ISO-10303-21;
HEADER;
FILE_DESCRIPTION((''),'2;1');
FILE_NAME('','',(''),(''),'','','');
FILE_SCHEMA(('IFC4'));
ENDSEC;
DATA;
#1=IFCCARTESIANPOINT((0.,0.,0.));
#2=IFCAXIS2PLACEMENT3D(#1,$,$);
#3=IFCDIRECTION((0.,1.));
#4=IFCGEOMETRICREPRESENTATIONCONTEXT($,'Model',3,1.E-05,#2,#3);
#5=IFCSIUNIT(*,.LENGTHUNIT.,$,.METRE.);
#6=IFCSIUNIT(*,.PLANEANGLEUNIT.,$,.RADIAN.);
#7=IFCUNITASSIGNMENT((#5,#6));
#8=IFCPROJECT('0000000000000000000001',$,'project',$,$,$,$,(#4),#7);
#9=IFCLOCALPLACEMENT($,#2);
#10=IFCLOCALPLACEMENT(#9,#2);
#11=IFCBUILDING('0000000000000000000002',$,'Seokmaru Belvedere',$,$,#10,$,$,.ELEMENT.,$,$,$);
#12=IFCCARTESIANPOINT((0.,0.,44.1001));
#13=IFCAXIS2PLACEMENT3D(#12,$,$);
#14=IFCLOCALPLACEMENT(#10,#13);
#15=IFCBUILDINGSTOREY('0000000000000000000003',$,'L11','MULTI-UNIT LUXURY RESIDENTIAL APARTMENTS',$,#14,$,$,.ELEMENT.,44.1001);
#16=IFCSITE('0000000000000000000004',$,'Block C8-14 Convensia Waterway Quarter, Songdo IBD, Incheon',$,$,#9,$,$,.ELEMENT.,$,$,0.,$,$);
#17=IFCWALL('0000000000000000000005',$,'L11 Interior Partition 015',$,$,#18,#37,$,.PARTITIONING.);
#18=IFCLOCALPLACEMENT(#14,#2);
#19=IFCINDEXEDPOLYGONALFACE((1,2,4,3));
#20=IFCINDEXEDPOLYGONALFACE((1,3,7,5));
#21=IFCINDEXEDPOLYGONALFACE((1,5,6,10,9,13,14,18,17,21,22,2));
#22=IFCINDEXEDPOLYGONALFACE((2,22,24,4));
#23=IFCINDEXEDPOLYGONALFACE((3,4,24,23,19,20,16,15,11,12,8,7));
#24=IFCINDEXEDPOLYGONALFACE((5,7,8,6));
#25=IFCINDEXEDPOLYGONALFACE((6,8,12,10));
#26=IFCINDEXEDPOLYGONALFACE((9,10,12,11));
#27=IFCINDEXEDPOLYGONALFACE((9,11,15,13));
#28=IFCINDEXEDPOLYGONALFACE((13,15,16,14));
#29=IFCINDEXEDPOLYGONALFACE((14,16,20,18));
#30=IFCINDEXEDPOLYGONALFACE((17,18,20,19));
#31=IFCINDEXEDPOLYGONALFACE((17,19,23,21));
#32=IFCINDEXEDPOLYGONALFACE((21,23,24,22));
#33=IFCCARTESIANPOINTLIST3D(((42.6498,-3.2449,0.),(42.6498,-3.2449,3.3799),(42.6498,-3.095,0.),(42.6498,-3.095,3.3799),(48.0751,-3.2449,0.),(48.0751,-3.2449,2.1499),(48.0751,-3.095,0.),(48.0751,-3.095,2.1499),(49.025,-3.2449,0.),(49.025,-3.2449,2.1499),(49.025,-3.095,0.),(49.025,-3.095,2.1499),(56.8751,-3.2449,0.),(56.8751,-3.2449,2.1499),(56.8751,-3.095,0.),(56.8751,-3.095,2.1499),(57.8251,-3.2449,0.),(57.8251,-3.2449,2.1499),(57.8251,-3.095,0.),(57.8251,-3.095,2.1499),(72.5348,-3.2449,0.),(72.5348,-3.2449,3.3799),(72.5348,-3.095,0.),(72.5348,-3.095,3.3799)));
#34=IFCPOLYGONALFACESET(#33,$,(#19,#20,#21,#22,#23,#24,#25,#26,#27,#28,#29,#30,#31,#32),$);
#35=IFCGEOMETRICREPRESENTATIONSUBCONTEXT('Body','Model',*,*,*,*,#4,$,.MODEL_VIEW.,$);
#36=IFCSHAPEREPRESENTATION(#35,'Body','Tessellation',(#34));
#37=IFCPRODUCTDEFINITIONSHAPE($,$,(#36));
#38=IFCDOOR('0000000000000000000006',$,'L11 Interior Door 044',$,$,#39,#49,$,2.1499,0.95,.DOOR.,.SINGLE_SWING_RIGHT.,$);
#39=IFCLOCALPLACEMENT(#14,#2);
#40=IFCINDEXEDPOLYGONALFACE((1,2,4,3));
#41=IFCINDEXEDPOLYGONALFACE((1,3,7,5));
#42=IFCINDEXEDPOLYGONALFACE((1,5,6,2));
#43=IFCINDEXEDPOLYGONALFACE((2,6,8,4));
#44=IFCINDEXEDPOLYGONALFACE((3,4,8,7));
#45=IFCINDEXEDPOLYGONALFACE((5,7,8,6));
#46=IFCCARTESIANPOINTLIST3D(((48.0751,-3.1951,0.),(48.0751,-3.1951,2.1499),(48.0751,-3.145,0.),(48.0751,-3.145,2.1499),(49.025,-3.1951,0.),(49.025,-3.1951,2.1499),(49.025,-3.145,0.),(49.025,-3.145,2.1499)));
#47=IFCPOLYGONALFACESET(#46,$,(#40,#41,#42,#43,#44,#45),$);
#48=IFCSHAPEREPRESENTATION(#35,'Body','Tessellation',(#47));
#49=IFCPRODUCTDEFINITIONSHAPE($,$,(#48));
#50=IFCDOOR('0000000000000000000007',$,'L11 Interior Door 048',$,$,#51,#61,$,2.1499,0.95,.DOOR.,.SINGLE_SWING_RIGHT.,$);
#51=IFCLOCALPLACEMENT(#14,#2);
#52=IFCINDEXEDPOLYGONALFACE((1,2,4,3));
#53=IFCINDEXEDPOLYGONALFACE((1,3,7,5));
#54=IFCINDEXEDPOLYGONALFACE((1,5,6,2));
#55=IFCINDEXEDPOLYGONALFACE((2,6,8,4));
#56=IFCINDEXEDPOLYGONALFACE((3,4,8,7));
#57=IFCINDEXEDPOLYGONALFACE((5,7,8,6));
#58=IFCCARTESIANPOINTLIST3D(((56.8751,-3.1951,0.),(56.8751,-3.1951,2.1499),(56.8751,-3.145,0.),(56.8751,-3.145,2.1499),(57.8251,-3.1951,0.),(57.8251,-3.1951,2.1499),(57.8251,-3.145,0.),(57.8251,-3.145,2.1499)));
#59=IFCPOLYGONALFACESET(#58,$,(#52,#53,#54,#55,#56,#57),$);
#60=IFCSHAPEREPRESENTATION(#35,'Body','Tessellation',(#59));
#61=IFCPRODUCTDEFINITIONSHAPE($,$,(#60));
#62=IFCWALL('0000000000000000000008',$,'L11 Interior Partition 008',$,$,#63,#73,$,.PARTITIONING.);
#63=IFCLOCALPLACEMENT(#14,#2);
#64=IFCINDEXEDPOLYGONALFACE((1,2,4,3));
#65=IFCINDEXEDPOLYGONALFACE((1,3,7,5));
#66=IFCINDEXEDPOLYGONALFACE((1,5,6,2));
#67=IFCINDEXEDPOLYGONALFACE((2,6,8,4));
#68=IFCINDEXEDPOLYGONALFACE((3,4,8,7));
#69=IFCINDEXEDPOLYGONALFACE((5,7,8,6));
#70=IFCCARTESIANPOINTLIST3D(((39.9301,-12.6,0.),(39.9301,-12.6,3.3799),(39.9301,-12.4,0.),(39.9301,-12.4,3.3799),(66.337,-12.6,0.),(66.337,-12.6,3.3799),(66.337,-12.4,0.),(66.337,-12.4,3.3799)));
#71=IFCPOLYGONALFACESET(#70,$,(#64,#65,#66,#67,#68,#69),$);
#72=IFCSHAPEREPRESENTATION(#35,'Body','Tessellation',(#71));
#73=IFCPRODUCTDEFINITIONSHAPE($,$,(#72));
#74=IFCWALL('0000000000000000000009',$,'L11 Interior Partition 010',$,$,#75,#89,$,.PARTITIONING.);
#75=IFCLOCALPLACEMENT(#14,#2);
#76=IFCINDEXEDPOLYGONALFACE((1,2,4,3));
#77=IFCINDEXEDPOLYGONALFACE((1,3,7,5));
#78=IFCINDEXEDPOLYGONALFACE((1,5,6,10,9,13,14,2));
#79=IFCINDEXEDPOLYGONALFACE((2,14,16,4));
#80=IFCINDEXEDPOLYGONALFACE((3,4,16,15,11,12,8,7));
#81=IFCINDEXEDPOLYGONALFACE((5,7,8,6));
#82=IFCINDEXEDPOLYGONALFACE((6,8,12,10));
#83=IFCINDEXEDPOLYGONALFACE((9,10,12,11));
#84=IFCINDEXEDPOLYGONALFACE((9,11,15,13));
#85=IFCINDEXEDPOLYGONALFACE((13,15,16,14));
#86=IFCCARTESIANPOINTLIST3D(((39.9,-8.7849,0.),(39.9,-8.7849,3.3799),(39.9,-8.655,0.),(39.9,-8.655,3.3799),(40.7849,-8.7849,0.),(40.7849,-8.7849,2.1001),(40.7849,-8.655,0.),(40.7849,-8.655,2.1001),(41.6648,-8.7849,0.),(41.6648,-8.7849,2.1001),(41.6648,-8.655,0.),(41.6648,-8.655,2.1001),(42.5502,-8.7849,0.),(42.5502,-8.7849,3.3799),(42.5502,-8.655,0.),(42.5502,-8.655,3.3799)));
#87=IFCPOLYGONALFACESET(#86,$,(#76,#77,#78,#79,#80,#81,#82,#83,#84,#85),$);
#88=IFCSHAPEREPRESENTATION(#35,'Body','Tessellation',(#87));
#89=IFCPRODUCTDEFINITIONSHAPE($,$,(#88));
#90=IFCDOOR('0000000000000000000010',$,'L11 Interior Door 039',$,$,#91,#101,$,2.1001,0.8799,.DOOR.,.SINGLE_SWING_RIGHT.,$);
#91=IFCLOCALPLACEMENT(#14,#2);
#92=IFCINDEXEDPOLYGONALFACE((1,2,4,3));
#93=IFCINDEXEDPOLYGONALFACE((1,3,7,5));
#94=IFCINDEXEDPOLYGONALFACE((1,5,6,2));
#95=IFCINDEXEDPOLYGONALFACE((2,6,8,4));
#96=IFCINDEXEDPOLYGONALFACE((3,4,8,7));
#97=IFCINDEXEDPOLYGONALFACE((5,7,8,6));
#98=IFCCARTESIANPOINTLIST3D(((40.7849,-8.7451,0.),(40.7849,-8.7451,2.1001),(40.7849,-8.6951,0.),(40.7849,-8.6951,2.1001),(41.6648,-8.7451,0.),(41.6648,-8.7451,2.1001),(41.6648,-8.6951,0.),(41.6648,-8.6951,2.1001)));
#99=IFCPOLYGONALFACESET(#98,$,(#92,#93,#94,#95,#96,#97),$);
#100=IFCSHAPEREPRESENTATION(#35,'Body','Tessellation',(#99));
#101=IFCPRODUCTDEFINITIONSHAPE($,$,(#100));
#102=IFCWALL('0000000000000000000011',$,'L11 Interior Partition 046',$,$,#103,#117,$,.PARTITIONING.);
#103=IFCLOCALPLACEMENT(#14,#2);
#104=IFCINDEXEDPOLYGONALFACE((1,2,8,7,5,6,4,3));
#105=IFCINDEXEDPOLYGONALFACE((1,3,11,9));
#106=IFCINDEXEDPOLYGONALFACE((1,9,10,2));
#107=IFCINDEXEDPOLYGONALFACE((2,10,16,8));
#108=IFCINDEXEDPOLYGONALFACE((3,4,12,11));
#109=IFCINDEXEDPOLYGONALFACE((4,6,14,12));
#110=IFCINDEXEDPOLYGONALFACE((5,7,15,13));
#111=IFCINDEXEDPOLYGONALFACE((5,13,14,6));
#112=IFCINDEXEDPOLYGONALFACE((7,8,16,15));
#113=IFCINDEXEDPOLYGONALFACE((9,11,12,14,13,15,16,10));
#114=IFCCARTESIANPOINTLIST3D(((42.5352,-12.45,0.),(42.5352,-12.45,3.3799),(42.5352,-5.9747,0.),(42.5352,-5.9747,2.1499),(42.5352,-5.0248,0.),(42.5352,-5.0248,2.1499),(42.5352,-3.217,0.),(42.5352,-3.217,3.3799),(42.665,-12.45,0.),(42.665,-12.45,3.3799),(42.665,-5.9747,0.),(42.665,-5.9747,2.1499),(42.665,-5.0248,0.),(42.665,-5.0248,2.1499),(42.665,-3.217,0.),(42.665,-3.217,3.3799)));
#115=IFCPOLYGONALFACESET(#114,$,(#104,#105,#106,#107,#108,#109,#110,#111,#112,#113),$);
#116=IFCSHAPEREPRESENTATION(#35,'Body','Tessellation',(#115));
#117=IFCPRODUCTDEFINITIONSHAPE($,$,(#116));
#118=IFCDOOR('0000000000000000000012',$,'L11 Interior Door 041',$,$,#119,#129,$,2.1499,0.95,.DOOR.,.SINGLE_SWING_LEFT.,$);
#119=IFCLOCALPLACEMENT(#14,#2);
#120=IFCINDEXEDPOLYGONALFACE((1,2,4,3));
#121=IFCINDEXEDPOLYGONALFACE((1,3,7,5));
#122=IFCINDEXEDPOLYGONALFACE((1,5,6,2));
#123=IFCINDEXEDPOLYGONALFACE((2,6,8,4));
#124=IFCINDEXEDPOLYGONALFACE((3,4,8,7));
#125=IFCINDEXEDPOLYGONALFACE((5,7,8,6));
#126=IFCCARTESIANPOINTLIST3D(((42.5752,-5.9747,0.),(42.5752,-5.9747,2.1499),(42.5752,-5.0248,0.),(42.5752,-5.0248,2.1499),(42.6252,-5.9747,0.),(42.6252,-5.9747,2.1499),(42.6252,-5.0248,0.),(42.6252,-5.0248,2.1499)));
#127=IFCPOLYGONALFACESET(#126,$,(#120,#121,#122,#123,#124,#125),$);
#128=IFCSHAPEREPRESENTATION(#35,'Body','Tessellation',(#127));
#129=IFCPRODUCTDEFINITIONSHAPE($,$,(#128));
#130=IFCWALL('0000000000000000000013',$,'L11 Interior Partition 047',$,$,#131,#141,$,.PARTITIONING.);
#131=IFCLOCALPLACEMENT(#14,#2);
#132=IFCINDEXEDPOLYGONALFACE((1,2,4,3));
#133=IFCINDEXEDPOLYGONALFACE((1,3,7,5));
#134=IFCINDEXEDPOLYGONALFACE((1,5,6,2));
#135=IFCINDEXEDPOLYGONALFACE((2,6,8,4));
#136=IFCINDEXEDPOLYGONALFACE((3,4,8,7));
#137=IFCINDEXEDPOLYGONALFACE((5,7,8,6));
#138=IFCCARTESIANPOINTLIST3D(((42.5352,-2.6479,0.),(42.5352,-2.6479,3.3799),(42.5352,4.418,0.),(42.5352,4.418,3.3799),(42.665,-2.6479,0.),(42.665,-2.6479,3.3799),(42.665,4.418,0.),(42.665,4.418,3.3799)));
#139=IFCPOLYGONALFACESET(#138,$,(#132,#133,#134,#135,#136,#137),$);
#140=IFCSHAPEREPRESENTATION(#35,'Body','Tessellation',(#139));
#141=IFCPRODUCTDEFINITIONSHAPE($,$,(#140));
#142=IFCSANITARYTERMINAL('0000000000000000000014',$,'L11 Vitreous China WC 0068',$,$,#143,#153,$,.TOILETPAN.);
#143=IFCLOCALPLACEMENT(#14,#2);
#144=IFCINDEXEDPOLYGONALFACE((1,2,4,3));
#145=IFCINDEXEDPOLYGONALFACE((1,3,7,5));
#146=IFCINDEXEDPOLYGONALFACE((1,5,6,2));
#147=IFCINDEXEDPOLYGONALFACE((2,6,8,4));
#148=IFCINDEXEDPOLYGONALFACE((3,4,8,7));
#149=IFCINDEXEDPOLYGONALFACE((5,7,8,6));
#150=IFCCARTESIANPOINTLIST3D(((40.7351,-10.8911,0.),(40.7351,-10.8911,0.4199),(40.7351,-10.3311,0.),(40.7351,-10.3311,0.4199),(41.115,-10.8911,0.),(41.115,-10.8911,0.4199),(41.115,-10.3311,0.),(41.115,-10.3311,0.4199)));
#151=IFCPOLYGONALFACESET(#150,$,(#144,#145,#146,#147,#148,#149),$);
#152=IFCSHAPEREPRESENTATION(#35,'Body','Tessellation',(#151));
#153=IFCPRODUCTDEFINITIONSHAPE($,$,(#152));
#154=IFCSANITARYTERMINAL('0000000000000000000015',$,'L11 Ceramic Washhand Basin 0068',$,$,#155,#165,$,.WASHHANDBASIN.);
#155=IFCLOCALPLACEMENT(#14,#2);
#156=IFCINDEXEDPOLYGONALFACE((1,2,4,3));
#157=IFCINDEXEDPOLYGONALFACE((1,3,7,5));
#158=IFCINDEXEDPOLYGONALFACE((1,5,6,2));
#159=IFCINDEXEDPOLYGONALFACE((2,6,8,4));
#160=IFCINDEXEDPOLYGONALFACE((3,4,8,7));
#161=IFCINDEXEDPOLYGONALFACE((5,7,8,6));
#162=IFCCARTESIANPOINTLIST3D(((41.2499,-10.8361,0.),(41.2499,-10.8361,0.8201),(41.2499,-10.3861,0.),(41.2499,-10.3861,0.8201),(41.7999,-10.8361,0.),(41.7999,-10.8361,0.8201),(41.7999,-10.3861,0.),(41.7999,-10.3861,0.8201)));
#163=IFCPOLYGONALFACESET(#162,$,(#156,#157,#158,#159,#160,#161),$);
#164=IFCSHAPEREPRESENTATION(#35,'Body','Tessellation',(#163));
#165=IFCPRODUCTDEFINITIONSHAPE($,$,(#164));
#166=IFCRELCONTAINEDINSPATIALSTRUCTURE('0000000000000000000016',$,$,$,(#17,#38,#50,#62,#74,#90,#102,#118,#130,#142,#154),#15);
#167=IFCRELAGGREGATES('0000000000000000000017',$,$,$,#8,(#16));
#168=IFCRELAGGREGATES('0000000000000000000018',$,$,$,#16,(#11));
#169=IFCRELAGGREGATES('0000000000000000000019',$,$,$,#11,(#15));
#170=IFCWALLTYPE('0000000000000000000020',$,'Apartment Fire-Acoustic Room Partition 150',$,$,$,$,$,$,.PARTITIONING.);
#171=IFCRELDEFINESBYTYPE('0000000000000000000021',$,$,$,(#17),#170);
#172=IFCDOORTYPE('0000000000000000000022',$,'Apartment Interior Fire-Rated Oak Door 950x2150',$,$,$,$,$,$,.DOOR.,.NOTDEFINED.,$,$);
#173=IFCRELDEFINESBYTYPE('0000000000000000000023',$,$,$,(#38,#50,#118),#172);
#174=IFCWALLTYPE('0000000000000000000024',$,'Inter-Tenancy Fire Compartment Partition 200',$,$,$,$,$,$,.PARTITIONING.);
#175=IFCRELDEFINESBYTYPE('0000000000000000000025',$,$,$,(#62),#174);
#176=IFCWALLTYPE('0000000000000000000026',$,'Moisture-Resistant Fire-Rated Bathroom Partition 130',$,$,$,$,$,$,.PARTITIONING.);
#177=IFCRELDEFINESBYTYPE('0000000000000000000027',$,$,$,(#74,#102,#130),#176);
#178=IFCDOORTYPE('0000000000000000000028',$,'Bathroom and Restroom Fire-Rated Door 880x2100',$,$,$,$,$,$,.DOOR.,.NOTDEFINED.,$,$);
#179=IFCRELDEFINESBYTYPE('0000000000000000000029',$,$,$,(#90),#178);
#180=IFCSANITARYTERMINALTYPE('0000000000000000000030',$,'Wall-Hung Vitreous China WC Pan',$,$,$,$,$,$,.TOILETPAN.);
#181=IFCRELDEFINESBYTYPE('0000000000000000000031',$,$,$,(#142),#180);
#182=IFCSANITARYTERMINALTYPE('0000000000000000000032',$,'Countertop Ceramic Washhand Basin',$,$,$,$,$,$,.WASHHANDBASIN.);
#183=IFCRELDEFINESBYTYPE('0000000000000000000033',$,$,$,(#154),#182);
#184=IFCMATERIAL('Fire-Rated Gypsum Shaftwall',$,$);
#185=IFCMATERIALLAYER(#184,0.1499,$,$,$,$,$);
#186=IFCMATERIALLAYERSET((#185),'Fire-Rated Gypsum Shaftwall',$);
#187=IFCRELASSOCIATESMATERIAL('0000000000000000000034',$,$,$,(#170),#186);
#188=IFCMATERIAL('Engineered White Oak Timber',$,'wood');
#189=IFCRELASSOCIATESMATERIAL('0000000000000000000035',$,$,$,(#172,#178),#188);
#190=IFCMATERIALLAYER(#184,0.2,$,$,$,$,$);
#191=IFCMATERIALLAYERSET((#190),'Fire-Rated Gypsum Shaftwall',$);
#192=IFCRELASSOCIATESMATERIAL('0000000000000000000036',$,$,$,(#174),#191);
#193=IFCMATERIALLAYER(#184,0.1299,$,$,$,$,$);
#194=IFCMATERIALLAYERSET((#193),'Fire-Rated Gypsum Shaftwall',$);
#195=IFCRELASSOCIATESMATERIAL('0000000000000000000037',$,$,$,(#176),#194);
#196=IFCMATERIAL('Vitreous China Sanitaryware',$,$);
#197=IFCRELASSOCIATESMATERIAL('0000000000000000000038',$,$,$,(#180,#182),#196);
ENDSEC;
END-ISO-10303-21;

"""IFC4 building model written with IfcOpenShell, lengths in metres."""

from ifc_helpers import new_model, si_unit, direction, frame, frame_2d, origin, origin_2d, place, context, subcontext, project, spatial, rectangle, extrude, source, transform, mapped, material, layer, layer_set, type_object, type_shapes, element, fill, save


model = new_model("IFC4")

# Units and contexts
model_context = context("Model", 3, precision=1e-05, world=origin(), true_north=direction((0.0, 1.0)))
body_context = subcontext(model_context, "Body", "Model", "MODEL_VIEW")
ifc_project = project(units=[si_unit("LENGTHUNIT", "METRE"), si_unit("PLANEANGLEUNIT", "RADIAN")], contexts=[model_context])

# Site, building, storey
site_placement = place(None, origin())
site = spatial("IfcSite", under=ifc_project, at=site_placement, Name="Block C8-14 Convensia Waterway Quarter, Songdo IBD, Incheon", CompositionType="ELEMENT", RefElevation=0.0)
building_placement = place(site_placement, origin())
building = spatial("IfcBuilding", under=site, at=building_placement, Name="Seokmaru Belvedere", CompositionType="ELEMENT")
storey_placement = place(building_placement, frame((0.0, 0.0, 44.1001)))
storey = spatial("IfcBuildingStorey", under=building, at=storey_placement, Name="L11", Description="MULTI-UNIT LUXURY RESIDENTIAL APARTMENTS", CompositionType="ELEMENT", Elevation=44.1001)

# Wall, openings, doors
ifc_material_1 = material(Name="Fire-Rated Gypsum Shaftwall")
ifc_layer_1 = layer(ifc_material_1, 0.1499)
ifc_layer_set_1 = layer_set([ifc_layer_1], Name="Fire-Rated Gypsum Shaftwall")
wall_type_1 = type_object("IfcWallType", Name="Apartment Fire-Acoustic Room Partition 150", PredefinedType="PARTITIONING", material=ifc_layer_set_1)
ifc_material_2 = material(Name="Engineered White Oak Timber", Category="wood")
door_type_1 = type_object("IfcDoorType", Name="Apartment Interior Fire-Rated Oak Door 950x2150", OperationType="NOTDEFINED", PredefinedType="DOOR", material=ifc_material_2)
shared_shape_1 = source(origin(), body_context, "Body", "SweptSolid", [
    extrude(rectangle(XDim=0.95, YDim=2.1499, at=frame_2d((0.4751, 1.075))), frame((0.0, 0.0249, 0.0), z_axis=(0.0, -1.0, 0.0), x_axis=(1.0, 0.0, 0.0)), (0.0, 0.0, 1.0), 0.05),
])
type_shapes(door_type_1, [shared_shape_1])
wall_1_placement = place(storey_placement, frame((42.6499, -3.1699, 0.0), z_axis=(0.0, 0.0, 1.0), x_axis=(1.0, 0.0, 0.0)))
wall_1 = element("IfcWall", 1, at=wall_1_placement, inside=storey, type_object=wall_type_1, Name="L11 Interior Partition 015", PredefinedType="PARTITIONING", context=body_context, shape_type="SweptSolid", body=[
    extrude(rectangle(XDim=29.885, YDim=0.1499, at=frame_2d((14.9424, 0.0))), origin(), (0.0, 0.0, 1.0), 3.3799),
])
opening_1_placement = place(wall_1_placement, frame((5.425, 0.0, 0.0)))
opening_1 = element("IfcOpeningElement", 2, at=opening_1_placement, cuts=wall_1, PredefinedType="OPENING", context=body_context, shape_type="SweptSolid", body=[
    extrude(rectangle(XDim=0.95, YDim=2.1499, at=frame_2d((0.4751, 1.075))), frame((0.0, 0.085, 0.0), z_axis=(0.0, -1.0, 0.0), x_axis=(1.0, 0.0, 0.0)), (0.0, 0.0, 1.0), 0.1699),
])
opening_2_placement = place(wall_1_placement, frame((14.2251, 0.0, 0.0)))
opening_2 = element("IfcOpeningElement", 3, at=opening_2_placement, cuts=wall_1, PredefinedType="OPENING", context=body_context, shape_type="SweptSolid", body=[
    extrude(rectangle(XDim=0.95, YDim=2.1499, at=frame_2d((0.4751, 1.075))), frame((0.0, 0.085, 0.0), z_axis=(0.0, -1.0, 0.0), x_axis=(1.0, 0.0, 0.0)), (0.0, 0.0, 1.0), 0.1699),
])
door_1_placement = place(opening_1_placement, origin())
door_1 = element("IfcDoor", 4, at=door_1_placement, inside=storey, type_object=door_type_1, Name="L11 Interior Door 044", OperationType="SINGLE_SWING_RIGHT", OverallHeight=2.1499, OverallWidth=0.95, PredefinedType="DOOR", context=body_context, shape_type="MappedRepresentation", body=[
    mapped(shared_shape_1, transform((0.0, 0.0, 0.0), scale=1.0)),
])
fill(opening_1, door_1)
door_2_placement = place(opening_2_placement, origin())
door_2 = element("IfcDoor", 5, at=door_2_placement, inside=storey, type_object=door_type_1, Name="L11 Interior Door 048", OperationType="SINGLE_SWING_RIGHT", OverallHeight=2.1499, OverallWidth=0.95, PredefinedType="DOOR", context=body_context, shape_type="MappedRepresentation", body=[
    mapped(shared_shape_1, transform((0.0, 0.0, 0.0), scale=1.0)),
])
fill(opening_2, door_2)

# Wall
ifc_layer_2 = layer(ifc_material_1, 0.2)
ifc_layer_set_2 = layer_set([ifc_layer_2], Name="Fire-Rated Gypsum Shaftwall")
wall_type_2 = type_object("IfcWallType", Name="Inter-Tenancy Fire Compartment Partition 200", PredefinedType="PARTITIONING", material=ifc_layer_set_2)
wall_2_placement = place(storey_placement, frame((39.9299, -12.5, 0.0), z_axis=(0.0, 0.0, 1.0), x_axis=(1.0, 0.0, 0.0)))
element("IfcWall", 6, at=wall_2_placement, inside=storey, type_object=wall_type_2, Name="L11 Interior Partition 008", PredefinedType="PARTITIONING", context=body_context, shape_type="SweptSolid", body=[
    extrude(rectangle(XDim=26.407, YDim=0.2, at=frame_2d((13.2036, 0.0))), origin(), (0.0, 0.0, 1.0), 3.3799),
])

# Walls, openings, doors
ifc_layer_3 = layer(ifc_material_1, 0.1299)
ifc_layer_set_3 = layer_set([ifc_layer_3], Name="Fire-Rated Gypsum Shaftwall")
wall_type_3 = type_object("IfcWallType", Name="Moisture-Resistant Fire-Rated Bathroom Partition 130", PredefinedType="PARTITIONING", material=ifc_layer_set_3)
wall_3_placement = place(storey_placement, frame((39.8999, -8.72, 0.0), z_axis=(0.0, 0.0, 1.0), x_axis=(1.0, 0.0, 0.0)))
wall_3 = element("IfcWall", 7, at=wall_3_placement, inside=storey, type_object=wall_type_3, Name="L11 Interior Partition 010", PredefinedType="PARTITIONING", context=body_context, shape_type="SweptSolid", body=[
    extrude(rectangle(XDim=2.6501, YDim=0.1299, at=frame_2d((1.3252, 0.0))), origin(), (0.0, 0.0, 1.0), 3.3799),
])
opening_3_placement = place(wall_3_placement, frame((0.885, 0.0, 0.0)))
opening_3 = element("IfcOpeningElement", 8, at=opening_3_placement, cuts=wall_3, PredefinedType="OPENING", context=body_context, shape_type="SweptSolid", body=[
    extrude(rectangle(XDim=0.8799, YDim=2.1001, at=frame_2d((0.4399, 1.05))), frame((0.0, 0.075, 0.0), z_axis=(0.0, -1.0, 0.0), x_axis=(1.0, 0.0, 0.0)), (0.0, 0.0, 1.0), 0.1499),
])
door_type_2 = type_object("IfcDoorType", Name="Bathroom and Restroom Fire-Rated Door 880x2100", OperationType="NOTDEFINED", PredefinedType="DOOR", material=ifc_material_2)
shared_shape_2 = source(origin(), body_context, "Body", "SweptSolid", [
    extrude(rectangle(XDim=0.8799, YDim=2.1001, at=frame_2d((0.4399, 1.05))), frame((0.0, 0.0249, 0.0), z_axis=(0.0, -1.0, 0.0), x_axis=(1.0, 0.0, 0.0)), (0.0, 0.0, 1.0), 0.05),
])
type_shapes(door_type_2, [shared_shape_2])
door_3_placement = place(opening_3_placement, origin())
door_3 = element("IfcDoor", 9, at=door_3_placement, inside=storey, type_object=door_type_2, Name="L11 Interior Door 039", OperationType="SINGLE_SWING_RIGHT", OverallHeight=2.1001, OverallWidth=0.8799, PredefinedType="DOOR", context=body_context, shape_type="MappedRepresentation", body=[
    mapped(shared_shape_2, transform((0.0, 0.0, 0.0), scale=1.0)),
])
fill(opening_3, door_3)
wall_4_placement = place(storey_placement, frame((42.6001, -12.45, 0.0), z_axis=(0.0, 0.0, 1.0), x_axis=(0.0, 1.0, 0.0)))
wall_4 = element("IfcWall", 10, at=wall_4_placement, inside=storey, type_object=wall_type_3, Name="L11 Interior Partition 046", PredefinedType="PARTITIONING", context=body_context, shape_type="SweptSolid", body=[
    extrude(rectangle(XDim=9.2329, YDim=0.1299, at=frame_2d((4.6165, 0.0))), origin(), (0.0, 0.0, 1.0), 3.3799),
])
opening_4_placement = place(wall_4_placement, frame((6.4751, 0.0, 0.0)))
opening_4 = element("IfcOpeningElement", 11, at=opening_4_placement, cuts=wall_4, PredefinedType="OPENING", context=body_context, shape_type="SweptSolid", body=[
    extrude(rectangle(XDim=0.95, YDim=2.1499, at=frame_2d((0.4751, 1.075))), frame((0.0, 0.075, 0.0), z_axis=(0.0, -1.0, 0.0), x_axis=(1.0, 0.0, 0.0)), (0.0, 0.0, 1.0), 0.1499),
])
door_4_placement = place(opening_4_placement, origin())
door_4 = element("IfcDoor", 12, at=door_4_placement, inside=storey, type_object=door_type_1, Name="L11 Interior Door 041", OperationType="SINGLE_SWING_LEFT", OverallHeight=2.1499, OverallWidth=0.95, PredefinedType="DOOR", context=body_context, shape_type="MappedRepresentation", body=[
    mapped(shared_shape_1, transform((0.0, 0.0, 0.0), scale=1.0)),
])
fill(opening_4, door_4)

# Wall
wall_5_placement = place(storey_placement, frame((42.6001, -2.6479, 0.0), z_axis=(0.0, 0.0, 1.0), x_axis=(0.0, 1.0, 0.0)))
element("IfcWall", 13, at=wall_5_placement, inside=storey, type_object=wall_type_3, Name="L11 Interior Partition 047", PredefinedType="PARTITIONING", context=body_context, shape_type="SweptSolid", body=[
    extrude(rectangle(XDim=7.0659, YDim=0.1299, at=frame_2d((3.533, 0.0))), origin(), (0.0, 0.0, 1.0), 3.3799),
])

# Sanitary terminals
ifc_material_3 = material(Name="Vitreous China Sanitaryware")
sanitary_terminal_type_1 = type_object("IfcSanitaryTerminalType", Name="Wall-Hung Vitreous China WC Pan", PredefinedType="TOILETPAN", material=ifc_material_3)
shared_shape_3 = source(origin(), body_context, "Body", "SweptSolid", [
    extrude(rectangle(XDim=0.3799, YDim=0.5601, at=origin_2d()), origin(), (0.0, 0.0, 1.0), 0.4199),
])
type_shapes(sanitary_terminal_type_1, [shared_shape_3])
sanitary_terminal_1_placement = place(storey_placement, frame((40.925, -10.6111, 0.0), z_axis=(0.0, 0.0, 1.0), x_axis=(1.0, 0.0, 0.0)))
element("IfcSanitaryTerminal", 14, at=sanitary_terminal_1_placement, inside=storey, type_object=sanitary_terminal_type_1, Name="L11 Vitreous China WC 0068", PredefinedType="TOILETPAN", context=body_context, shape_type="MappedRepresentation", body=[
    mapped(shared_shape_3, transform((0.0, 0.0, 0.0), scale=1.0)),
])
sanitary_terminal_type_2 = type_object("IfcSanitaryTerminalType", Name="Countertop Ceramic Washhand Basin", PredefinedType="WASHHANDBASIN", material=ifc_material_3)
shared_shape_4 = source(origin(), body_context, "Body", "SweptSolid", [
    extrude(rectangle(XDim=0.55, YDim=0.45, at=origin_2d()), origin(), (0.0, 0.0, 1.0), 0.8201),
])
type_shapes(sanitary_terminal_type_2, [shared_shape_4])
sanitary_terminal_2_placement = place(storey_placement, frame((41.5249, -10.6111, 0.0), z_axis=(0.0, 0.0, 1.0), x_axis=(1.0, 0.0, 0.0)))
element("IfcSanitaryTerminal", 15, at=sanitary_terminal_2_placement, inside=storey, type_object=sanitary_terminal_type_2, Name="L11 Ceramic Washhand Basin 0068", PredefinedType="WASHHANDBASIN", context=body_context, shape_type="MappedRepresentation", body=[
    mapped(shared_shape_4, transform((0.0, 0.0, 0.0), scale=1.0)),
])

save(model, "model.ifc")
